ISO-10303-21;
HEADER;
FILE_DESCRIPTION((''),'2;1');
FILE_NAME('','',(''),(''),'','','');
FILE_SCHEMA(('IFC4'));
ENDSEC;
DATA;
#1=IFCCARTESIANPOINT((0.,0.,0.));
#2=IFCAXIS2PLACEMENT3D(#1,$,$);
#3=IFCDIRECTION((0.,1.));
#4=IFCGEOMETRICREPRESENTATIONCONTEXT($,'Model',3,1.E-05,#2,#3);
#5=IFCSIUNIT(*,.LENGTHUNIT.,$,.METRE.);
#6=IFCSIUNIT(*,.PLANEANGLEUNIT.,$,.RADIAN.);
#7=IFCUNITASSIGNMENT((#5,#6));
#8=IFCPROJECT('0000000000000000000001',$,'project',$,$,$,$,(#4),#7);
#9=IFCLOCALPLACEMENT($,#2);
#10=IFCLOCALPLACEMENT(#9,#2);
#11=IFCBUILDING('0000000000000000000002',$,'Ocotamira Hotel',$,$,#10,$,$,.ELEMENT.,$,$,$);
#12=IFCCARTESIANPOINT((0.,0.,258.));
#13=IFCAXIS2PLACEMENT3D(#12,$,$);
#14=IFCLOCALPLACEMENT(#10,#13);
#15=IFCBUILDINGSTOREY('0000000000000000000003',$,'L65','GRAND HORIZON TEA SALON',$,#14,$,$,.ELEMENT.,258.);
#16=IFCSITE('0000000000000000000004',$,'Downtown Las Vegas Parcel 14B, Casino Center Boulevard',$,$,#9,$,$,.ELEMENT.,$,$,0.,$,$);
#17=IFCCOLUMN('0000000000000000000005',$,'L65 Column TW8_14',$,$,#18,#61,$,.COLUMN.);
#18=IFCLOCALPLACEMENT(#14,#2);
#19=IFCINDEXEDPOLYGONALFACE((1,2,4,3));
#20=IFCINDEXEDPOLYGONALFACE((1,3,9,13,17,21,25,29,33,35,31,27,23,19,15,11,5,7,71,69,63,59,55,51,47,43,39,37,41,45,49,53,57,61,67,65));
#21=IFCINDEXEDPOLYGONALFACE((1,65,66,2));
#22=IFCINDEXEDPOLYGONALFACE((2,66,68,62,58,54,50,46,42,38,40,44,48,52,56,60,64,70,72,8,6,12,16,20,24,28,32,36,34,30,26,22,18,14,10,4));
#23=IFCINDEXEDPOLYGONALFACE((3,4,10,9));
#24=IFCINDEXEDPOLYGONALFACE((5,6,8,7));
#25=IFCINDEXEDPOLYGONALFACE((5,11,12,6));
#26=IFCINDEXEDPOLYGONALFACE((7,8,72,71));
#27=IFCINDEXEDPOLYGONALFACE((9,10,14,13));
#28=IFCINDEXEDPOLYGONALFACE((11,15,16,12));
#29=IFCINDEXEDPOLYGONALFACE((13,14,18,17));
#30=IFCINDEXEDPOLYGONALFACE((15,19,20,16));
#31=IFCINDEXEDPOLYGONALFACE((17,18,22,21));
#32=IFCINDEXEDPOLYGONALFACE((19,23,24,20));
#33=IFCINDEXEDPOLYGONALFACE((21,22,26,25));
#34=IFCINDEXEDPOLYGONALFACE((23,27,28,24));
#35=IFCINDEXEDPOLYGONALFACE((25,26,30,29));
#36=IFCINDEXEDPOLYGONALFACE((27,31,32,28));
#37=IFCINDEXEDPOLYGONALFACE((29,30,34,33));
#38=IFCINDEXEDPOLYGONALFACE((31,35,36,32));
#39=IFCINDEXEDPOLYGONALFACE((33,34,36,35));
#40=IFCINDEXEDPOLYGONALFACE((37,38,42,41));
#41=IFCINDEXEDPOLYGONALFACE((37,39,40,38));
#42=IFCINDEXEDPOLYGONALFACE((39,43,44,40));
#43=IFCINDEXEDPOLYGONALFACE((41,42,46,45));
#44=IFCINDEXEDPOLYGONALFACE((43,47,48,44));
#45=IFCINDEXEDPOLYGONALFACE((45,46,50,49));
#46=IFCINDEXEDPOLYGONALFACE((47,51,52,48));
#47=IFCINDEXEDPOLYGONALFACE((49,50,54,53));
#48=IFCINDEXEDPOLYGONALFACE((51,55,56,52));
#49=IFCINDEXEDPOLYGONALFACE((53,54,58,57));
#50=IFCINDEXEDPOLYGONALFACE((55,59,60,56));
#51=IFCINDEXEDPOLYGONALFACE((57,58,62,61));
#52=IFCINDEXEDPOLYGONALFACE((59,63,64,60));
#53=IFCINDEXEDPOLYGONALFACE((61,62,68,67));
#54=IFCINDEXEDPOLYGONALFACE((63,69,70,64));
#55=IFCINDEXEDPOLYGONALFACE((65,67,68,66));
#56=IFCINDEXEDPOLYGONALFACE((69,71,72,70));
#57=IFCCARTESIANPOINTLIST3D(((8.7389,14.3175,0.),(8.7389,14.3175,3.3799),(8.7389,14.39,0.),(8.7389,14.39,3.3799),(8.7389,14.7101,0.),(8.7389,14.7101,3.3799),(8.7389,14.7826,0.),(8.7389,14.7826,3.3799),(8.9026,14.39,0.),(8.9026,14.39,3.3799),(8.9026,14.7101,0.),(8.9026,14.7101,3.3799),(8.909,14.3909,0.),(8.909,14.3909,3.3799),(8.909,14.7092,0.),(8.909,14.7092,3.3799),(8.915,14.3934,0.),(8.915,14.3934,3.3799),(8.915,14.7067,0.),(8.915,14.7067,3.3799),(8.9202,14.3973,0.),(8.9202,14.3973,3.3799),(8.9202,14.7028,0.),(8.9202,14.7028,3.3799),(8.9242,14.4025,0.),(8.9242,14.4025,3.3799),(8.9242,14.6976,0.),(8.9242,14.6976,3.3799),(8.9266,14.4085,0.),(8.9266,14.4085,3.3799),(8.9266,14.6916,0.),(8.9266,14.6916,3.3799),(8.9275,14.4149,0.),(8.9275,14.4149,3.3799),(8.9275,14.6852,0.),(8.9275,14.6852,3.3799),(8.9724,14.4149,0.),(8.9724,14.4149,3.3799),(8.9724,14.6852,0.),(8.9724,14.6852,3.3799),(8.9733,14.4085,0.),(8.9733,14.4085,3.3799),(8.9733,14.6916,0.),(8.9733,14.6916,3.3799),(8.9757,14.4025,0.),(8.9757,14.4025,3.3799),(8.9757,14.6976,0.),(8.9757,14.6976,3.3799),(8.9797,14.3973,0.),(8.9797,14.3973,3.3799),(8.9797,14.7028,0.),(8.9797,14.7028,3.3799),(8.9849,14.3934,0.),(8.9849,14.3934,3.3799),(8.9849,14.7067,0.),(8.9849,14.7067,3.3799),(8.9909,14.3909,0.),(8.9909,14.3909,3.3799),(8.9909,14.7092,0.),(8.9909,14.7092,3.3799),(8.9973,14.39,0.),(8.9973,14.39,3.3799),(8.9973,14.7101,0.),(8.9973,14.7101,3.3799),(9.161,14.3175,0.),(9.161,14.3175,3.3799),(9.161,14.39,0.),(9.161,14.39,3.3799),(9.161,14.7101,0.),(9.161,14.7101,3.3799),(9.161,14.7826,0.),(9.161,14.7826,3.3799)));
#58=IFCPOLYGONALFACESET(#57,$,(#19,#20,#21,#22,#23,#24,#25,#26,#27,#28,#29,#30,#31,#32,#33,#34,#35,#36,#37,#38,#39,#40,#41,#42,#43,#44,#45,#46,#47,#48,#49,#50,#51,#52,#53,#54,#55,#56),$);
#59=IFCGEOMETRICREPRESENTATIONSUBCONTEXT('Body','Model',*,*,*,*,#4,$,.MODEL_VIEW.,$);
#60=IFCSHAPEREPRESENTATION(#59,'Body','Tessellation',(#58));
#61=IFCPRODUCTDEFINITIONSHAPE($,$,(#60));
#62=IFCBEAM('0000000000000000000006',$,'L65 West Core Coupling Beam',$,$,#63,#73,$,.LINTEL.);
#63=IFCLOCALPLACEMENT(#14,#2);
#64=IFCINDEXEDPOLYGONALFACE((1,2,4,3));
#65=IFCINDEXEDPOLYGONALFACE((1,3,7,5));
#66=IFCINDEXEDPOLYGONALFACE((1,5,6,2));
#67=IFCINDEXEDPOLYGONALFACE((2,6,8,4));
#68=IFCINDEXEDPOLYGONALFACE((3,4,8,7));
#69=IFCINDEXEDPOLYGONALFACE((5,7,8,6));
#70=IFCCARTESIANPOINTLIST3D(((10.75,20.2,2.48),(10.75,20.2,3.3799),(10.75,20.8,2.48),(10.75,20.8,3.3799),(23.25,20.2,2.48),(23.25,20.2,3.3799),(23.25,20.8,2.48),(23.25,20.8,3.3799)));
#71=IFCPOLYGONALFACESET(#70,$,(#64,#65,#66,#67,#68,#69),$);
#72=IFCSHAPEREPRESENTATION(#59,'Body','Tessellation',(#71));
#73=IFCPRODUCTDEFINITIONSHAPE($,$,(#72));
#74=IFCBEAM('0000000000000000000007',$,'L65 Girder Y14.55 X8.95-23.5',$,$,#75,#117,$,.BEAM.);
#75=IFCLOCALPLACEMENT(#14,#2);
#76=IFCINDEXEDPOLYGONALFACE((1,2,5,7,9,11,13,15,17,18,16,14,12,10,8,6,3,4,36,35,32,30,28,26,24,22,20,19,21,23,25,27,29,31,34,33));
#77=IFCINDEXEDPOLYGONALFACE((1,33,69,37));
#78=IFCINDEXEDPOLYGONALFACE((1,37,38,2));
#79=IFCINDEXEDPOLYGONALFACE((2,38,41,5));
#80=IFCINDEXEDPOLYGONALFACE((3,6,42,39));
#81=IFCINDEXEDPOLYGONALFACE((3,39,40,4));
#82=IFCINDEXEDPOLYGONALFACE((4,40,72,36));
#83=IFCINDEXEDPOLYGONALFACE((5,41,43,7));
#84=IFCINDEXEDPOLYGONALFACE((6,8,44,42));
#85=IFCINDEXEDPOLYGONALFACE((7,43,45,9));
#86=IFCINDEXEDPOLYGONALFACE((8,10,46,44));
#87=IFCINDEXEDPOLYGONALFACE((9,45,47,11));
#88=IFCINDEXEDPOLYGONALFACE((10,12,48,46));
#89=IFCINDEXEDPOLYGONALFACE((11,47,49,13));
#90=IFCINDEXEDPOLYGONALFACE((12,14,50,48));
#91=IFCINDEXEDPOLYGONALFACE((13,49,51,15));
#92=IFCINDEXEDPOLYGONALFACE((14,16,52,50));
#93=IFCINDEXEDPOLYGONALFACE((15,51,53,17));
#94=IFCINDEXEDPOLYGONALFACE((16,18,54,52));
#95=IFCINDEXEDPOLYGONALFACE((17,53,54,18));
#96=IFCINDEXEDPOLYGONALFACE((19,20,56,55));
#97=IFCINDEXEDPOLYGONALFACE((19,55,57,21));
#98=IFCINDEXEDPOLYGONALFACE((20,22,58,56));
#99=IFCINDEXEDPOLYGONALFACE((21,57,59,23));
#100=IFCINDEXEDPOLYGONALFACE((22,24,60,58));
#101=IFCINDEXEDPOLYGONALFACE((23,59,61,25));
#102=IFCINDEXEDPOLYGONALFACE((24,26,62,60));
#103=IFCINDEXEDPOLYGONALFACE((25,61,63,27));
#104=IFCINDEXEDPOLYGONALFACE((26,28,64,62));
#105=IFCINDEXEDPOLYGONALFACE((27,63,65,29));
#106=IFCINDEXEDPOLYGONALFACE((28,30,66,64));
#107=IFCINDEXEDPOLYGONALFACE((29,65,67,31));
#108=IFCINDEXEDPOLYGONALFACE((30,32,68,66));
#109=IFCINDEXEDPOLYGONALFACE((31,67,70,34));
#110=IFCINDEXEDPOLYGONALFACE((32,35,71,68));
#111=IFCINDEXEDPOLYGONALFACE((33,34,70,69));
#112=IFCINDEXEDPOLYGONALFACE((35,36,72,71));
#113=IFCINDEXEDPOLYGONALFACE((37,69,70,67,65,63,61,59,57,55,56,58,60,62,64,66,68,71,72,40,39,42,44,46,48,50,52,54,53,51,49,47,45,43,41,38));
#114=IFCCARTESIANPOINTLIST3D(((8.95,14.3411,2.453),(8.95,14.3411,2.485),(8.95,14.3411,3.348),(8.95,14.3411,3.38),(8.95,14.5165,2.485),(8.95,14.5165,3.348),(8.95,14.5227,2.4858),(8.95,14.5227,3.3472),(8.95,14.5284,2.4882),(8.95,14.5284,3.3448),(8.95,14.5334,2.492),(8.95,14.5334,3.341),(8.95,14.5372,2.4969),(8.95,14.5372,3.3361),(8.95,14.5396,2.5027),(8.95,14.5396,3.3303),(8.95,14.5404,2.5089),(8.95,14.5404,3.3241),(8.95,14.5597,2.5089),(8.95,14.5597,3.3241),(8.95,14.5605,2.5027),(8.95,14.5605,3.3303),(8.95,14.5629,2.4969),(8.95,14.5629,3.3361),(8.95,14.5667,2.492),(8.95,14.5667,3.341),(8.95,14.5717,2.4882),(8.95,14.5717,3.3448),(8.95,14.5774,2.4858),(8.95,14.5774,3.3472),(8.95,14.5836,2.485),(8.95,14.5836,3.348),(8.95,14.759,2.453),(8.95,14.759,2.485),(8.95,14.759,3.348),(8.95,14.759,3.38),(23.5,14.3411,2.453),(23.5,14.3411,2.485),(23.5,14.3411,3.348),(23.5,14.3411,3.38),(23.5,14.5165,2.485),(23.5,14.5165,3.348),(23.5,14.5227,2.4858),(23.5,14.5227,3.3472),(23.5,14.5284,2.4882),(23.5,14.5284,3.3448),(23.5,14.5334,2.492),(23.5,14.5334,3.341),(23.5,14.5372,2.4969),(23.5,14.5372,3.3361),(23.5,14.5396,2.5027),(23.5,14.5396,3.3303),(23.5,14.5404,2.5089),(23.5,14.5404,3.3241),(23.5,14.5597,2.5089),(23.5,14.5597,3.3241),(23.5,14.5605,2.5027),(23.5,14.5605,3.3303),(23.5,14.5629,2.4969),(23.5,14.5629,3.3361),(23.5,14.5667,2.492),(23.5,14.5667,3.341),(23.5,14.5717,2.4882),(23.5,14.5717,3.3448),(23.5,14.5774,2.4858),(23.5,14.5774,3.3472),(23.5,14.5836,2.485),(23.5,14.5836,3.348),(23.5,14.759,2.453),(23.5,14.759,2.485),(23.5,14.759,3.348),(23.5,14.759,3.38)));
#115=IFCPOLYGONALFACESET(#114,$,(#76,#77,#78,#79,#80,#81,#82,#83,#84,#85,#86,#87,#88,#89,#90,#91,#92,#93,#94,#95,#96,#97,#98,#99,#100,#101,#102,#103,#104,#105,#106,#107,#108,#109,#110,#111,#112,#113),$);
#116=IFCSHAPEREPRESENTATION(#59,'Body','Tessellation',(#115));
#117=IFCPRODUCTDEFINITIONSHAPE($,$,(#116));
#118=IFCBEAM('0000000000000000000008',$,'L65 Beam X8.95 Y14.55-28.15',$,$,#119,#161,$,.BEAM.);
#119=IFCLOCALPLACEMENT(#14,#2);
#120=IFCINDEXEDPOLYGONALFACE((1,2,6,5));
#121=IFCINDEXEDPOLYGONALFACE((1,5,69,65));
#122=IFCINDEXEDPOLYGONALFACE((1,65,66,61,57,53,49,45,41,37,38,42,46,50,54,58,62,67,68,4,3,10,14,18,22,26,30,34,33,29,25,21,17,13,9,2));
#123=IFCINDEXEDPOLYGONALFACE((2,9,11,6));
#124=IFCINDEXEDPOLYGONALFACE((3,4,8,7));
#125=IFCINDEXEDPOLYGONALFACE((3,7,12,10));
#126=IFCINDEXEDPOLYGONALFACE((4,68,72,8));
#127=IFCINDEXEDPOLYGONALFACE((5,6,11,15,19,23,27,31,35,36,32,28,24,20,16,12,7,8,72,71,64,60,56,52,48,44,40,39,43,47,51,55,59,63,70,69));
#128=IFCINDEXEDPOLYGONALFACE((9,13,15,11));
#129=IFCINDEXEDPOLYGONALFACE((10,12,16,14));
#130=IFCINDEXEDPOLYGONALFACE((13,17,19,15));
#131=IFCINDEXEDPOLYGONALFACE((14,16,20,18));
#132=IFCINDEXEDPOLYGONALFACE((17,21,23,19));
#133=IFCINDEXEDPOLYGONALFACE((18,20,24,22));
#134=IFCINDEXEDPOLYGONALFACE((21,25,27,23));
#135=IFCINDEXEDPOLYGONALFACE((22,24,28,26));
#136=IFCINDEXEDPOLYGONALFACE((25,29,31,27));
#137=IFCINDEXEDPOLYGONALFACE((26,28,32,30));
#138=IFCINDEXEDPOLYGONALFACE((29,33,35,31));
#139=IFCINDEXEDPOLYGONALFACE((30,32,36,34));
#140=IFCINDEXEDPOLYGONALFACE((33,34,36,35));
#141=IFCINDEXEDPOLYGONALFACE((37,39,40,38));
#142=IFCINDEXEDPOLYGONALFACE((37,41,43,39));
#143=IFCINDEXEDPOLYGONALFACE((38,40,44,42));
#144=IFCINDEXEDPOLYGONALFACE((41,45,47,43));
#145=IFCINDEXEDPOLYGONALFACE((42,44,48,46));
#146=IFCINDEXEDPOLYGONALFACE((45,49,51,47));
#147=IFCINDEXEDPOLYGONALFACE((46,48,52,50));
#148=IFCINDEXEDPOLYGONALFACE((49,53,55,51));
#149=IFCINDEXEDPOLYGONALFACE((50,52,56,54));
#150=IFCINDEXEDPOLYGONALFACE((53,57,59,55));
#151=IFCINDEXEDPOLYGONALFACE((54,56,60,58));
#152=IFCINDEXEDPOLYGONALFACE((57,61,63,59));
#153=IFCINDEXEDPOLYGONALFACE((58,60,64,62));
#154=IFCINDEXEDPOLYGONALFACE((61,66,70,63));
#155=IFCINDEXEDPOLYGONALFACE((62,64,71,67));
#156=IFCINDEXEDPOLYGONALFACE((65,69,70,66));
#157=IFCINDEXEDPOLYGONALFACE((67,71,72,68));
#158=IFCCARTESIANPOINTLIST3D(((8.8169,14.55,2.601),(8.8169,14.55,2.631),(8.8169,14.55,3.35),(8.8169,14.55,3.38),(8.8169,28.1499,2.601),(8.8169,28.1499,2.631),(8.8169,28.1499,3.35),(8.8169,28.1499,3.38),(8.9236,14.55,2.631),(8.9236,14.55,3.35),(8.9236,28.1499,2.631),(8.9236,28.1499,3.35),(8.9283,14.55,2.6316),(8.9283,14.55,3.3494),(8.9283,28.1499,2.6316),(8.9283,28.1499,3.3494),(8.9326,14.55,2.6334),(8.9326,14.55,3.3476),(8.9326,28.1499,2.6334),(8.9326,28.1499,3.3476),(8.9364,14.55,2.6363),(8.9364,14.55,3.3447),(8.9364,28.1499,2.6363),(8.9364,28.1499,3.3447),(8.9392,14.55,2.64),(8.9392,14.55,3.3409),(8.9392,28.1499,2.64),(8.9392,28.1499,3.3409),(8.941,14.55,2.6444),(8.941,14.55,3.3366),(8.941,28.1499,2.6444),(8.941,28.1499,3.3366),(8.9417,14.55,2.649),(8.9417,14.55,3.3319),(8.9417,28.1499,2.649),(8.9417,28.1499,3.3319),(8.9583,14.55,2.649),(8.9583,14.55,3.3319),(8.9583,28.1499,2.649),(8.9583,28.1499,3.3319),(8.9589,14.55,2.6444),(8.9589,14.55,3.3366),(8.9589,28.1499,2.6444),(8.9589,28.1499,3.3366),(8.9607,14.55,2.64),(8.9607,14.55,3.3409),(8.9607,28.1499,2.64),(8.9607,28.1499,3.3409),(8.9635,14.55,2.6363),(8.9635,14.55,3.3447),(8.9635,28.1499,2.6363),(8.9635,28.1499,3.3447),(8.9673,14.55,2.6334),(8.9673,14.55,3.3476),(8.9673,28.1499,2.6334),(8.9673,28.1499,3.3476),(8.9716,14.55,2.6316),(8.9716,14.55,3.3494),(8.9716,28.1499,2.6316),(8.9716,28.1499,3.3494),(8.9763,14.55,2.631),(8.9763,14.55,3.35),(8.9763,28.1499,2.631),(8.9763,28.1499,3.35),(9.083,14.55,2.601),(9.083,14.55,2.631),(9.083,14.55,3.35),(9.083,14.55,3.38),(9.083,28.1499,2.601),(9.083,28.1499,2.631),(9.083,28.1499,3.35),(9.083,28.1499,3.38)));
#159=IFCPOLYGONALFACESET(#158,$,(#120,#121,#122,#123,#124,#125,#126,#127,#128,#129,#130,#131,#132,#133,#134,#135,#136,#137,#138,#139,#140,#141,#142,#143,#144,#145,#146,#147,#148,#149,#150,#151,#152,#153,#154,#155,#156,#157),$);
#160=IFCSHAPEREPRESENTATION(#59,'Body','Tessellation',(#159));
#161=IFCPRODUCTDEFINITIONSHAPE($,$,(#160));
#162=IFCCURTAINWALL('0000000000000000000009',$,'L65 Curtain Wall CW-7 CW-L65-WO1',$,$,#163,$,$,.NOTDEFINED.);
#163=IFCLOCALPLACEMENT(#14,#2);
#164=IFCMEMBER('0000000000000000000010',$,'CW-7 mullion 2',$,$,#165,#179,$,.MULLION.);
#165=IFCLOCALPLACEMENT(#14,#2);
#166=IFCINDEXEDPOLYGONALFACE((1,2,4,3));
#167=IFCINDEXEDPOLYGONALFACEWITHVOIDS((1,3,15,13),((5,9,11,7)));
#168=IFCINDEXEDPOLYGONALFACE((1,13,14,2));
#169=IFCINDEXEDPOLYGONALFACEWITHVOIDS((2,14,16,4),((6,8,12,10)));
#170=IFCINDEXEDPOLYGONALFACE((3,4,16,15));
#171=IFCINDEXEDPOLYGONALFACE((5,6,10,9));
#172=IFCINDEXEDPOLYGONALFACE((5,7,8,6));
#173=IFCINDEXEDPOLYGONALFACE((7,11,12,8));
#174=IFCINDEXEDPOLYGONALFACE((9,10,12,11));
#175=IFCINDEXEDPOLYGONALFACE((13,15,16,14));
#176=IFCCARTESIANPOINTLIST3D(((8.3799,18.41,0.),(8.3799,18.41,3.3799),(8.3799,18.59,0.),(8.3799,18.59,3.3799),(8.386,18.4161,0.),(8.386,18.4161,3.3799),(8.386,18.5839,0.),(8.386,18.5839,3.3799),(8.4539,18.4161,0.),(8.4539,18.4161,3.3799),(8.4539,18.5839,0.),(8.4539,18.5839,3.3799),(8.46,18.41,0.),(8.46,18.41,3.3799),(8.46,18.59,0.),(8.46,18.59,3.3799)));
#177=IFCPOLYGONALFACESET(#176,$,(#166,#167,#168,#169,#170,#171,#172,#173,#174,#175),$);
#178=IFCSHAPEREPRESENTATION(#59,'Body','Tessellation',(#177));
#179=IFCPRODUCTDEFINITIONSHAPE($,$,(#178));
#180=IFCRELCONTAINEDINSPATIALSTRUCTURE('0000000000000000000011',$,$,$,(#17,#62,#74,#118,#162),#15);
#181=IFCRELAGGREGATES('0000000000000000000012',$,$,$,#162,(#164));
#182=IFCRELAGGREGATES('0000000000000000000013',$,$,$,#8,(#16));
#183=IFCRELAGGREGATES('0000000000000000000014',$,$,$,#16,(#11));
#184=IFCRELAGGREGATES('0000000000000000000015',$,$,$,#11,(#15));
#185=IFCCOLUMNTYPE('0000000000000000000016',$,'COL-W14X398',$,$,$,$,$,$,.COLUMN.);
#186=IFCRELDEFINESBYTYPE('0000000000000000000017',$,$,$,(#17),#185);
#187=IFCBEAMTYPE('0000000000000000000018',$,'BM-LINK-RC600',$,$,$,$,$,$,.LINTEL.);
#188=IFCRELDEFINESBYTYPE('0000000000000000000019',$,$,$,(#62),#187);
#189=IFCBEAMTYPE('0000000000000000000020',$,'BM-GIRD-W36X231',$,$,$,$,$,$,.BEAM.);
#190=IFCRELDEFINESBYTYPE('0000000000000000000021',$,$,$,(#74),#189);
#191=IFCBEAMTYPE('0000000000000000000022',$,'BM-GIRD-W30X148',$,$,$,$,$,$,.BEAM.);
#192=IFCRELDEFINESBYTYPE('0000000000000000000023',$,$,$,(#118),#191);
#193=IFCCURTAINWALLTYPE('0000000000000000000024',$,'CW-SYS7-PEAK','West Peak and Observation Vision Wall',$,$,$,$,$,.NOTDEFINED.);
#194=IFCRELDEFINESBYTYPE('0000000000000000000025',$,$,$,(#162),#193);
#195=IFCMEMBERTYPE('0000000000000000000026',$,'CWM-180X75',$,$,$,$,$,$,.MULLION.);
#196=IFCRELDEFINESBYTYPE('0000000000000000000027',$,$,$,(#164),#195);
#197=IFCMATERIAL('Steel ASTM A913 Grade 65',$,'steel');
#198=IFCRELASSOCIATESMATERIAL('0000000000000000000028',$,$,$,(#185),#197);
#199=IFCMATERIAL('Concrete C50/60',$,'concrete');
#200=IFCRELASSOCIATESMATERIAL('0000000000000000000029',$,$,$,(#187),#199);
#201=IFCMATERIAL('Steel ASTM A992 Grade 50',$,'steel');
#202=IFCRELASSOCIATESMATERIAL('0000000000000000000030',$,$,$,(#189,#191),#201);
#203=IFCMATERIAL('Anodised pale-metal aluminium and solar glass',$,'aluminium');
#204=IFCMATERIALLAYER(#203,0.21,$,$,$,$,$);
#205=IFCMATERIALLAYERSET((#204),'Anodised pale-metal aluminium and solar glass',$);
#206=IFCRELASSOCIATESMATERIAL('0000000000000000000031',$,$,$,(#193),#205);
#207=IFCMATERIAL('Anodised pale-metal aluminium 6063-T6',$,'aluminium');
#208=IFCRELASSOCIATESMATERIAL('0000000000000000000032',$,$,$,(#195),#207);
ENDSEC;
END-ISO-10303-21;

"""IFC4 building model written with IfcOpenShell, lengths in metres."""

from ifc_helpers import new_model, si_unit, direction, frame, origin, origin_2d, place, context, subcontext, project, spatial, rectangle, hollow_rectangle, i_section, extrude, source, transform, mapped, material, layer, layer_set, material_profile, profile_set, type_object, element, aggregate, save


model = new_model("IFC4")

# Units and contexts
model_context = context("Model", 3, precision=1e-05, world=origin(), true_north=direction((0.0, 1.0)))
body_context = subcontext(model_context, "Body", "Model", "MODEL_VIEW")
ifc_project = project(units=[si_unit("LENGTHUNIT", "METRE"), si_unit("PLANEANGLEUNIT", "RADIAN")], contexts=[model_context])

# Site, building, storey
site_placement = place(None, origin())
site = spatial("IfcSite", under=ifc_project, at=site_placement, Name="Downtown Las Vegas Parcel 14B, Casino Center Boulevard", CompositionType="ELEMENT", RefElevation=0.0)
building_placement = place(site_placement, origin())
building = spatial("IfcBuilding", under=site, at=building_placement, Name="Ocotamira Hotel", CompositionType="ELEMENT")
storey_placement = place(building_placement, frame((0.0, 0.0, 258.0)))
storey = spatial("IfcBuildingStorey", under=building, at=storey_placement, Name="L65", Description="GRAND HORIZON TEA SALON", CompositionType="ELEMENT", Elevation=258.0)

# Column
ifc_material_1 = material(Name="Steel ASTM A913 Grade 65", Category="steel")
ifc_material_profile_1 = material_profile(ifc_material_1, i_section(OverallWidth=0.4221, OverallDepth=0.4651, WebThickness=0.0449, FlangeThickness=0.0725, FilletRadius=0.0249, at=origin_2d()), Name="W14X398")
ifc_profile_set_1 = profile_set([ifc_material_profile_1], Name="Steel ASTM A913 Grade 65")
column_type = type_object("IfcColumnType", Name="COL-W14X398", PredefinedType="COLUMN", material=ifc_profile_set_1)
shared_shape_1 = source(origin(), body_context, "Body", "SweptSolid", [
    extrude(i_section(OverallWidth=0.4221, OverallDepth=0.4651, WebThickness=0.0449, FlangeThickness=0.0725, FilletRadius=0.0249, at=origin_2d()), origin(), (0.0, 0.0, 1.0), 3.3799),
])
column_placement = place(storey_placement, frame((8.95, 14.55, 0.0), z_axis=(0.0, 0.0, 1.0), x_axis=(1.0, 0.0, 0.0)))
element("IfcColumn", 1, at=column_placement, inside=storey, type_object=column_type, Name="L65 Column TW8_14", PredefinedType="COLUMN", context=body_context, shape_type="MappedRepresentation", body=[
    mapped(shared_shape_1, transform((0.0, 0.0, 0.0), scale=1.0)),
])

# Beams
ifc_material_2 = material(Name="Concrete C50/60", Category="concrete")
ifc_material_profile_2 = material_profile(ifc_material_2, rectangle(XDim=0.6001, YDim=0.8999, at=origin_2d()), Name="RC600X900")
ifc_profile_set_2 = profile_set([ifc_material_profile_2], Name="Concrete C50/60")
beam_type_1 = type_object("IfcBeamType", Name="BM-LINK-RC600", PredefinedType="LINTEL", material=ifc_profile_set_2)
shared_shape_2 = source(origin(), body_context, "Body", "SweptSolid", [
    extrude(rectangle(XDim=0.6001, YDim=0.8999, at=origin_2d()), origin(), (0.0, 0.0, 1.0), 12.5),
])
beam_1_placement = place(storey_placement, frame((10.75, 20.5, 2.9299), z_axis=(1.0, 0.0, 0.0), x_axis=(0.0, 1.0, 0.0)))
element("IfcBeam", 2, at=beam_1_placement, inside=storey, type_object=beam_type_1, Name="L65 West Core Coupling Beam", PredefinedType="LINTEL", context=body_context, shape_type="MappedRepresentation", body=[
    mapped(shared_shape_2, transform((0.0, 0.0, 0.0), scale=1.0)),
])
ifc_material_3 = material(Name="Steel ASTM A992 Grade 50", Category="steel")
ifc_material_profile_3 = material_profile(ifc_material_3, i_section(OverallWidth=0.418, OverallDepth=0.927, WebThickness=0.0193, FlangeThickness=0.032, FilletRadius=0.0239, at=origin_2d()), Name="W36X231")
ifc_profile_set_3 = profile_set([ifc_material_profile_3], Name="Steel ASTM A992 Grade 50")
beam_type_2 = type_object("IfcBeamType", Name="BM-GIRD-W36X231", PredefinedType="BEAM", material=ifc_profile_set_3)
shared_shape_3 = source(origin(), body_context, "Body", "SweptSolid", [
    extrude(i_section(OverallWidth=0.418, OverallDepth=0.927, WebThickness=0.0193, FlangeThickness=0.032, FilletRadius=0.0239, at=origin_2d()), origin(), (0.0, 0.0, 1.0), 14.55),
])
beam_2_placement = place(storey_placement, frame((8.95, 14.55, 2.9165), z_axis=(1.0, 0.0, 0.0), x_axis=(0.0, 1.0, 0.0)))
element("IfcBeam", 3, at=beam_2_placement, inside=storey, type_object=beam_type_2, Name="L65 Girder Y14.55 X8.95-23.5", PredefinedType="BEAM", context=body_context, shape_type="MappedRepresentation", body=[
    mapped(shared_shape_3, transform((0.0, 0.0, 0.0), scale=1.0)),
])
ifc_material_profile_4 = material_profile(ifc_material_3, i_section(OverallWidth=0.2661, OverallDepth=0.7791, WebThickness=0.0166, FlangeThickness=0.03, FilletRadius=0.0181, at=origin_2d()), Name="W30X148")
ifc_profile_set_4 = profile_set([ifc_material_profile_4], Name="Steel ASTM A992 Grade 50")
beam_type_3 = type_object("IfcBeamType", Name="BM-GIRD-W30X148", PredefinedType="BEAM", material=ifc_profile_set_4)
shared_shape_4 = source(origin(), body_context, "Body", "SweptSolid", [
    extrude(i_section(OverallWidth=0.2661, OverallDepth=0.7791, WebThickness=0.0166, FlangeThickness=0.03, FilletRadius=0.0181, at=origin_2d()), origin(), (0.0, 0.0, 1.0), 13.5999),
])
beam_3_placement = place(storey_placement, frame((8.95, 14.55, 2.9905), z_axis=(0.0, 1.0, 0.0), x_axis=(-1.0, 0.0, 0.0)))
element("IfcBeam", 4, at=beam_3_placement, inside=storey, type_object=beam_type_3, Name="L65 Beam X8.95 Y14.55-28.15", PredefinedType="BEAM", context=body_context, shape_type="MappedRepresentation", body=[
    mapped(shared_shape_4, transform((0.0, 0.0, 0.0), scale=1.0)),
])

# Curtain wall, member
ifc_material_4 = material(Name="Anodised pale-metal aluminium and solar glass", Category="aluminium")
ifc_layer_1 = layer(ifc_material_4, 0.21)
ifc_layer_set_1 = layer_set([ifc_layer_1], Name="Anodised pale-metal aluminium and solar glass")
curtain_wall_type = type_object("IfcCurtainWallType", Name="CW-SYS7-PEAK", Description="West Peak and Observation Vision Wall", PredefinedType="NOTDEFINED", material=ifc_layer_set_1)
curtain_wall_placement = place(storey_placement, origin())
curtain_wall = element("IfcCurtainWall", 5, at=curtain_wall_placement, inside=storey, type_object=curtain_wall_type, Name="L65 Curtain Wall CW-7 CW-L65-WO1", PredefinedType="NOTDEFINED")
ifc_material_5 = material(Name="Anodised pale-metal aluminium 6063-T6", Category="aluminium")
ifc_material_profile_5 = material_profile(ifc_material_5, hollow_rectangle(XDim=0.0801, YDim=0.1799, WallThickness=0.0061, at=origin_2d()), Name="HSS180X80X6")
ifc_profile_set_5 = profile_set([ifc_material_profile_5], Name="Anodised pale-metal aluminium 6063-T6")
member_type_1 = type_object("IfcMemberType", Name="CWM-180X75", PredefinedType="MULLION", material=ifc_profile_set_5)
shared_shape_5 = source(origin(), body_context, "Body", "SweptSolid", [
    extrude(hollow_rectangle(XDim=0.0801, YDim=0.1799, WallThickness=0.0061, at=origin_2d()), origin(), (0.0, 0.0, 1.0), 3.3799),
])
member_1_placement = place(storey_placement, frame((8.4199, 18.5, 0.0), z_axis=(0.0, 0.0, 1.0), x_axis=(-1.0, 0.0, 0.0)))
member_1 = element("IfcMember", 6, at=member_1_placement, type_object=member_type_1, Name="CW-7 mullion 2", PredefinedType="MULLION", context=body_context, shape_type="MappedRepresentation", body=[
    mapped(shared_shape_5, transform((0.0, 0.0, 0.0), scale=1.0)),
])
aggregate(curtain_wall, [member_1])

save(model, "model.ifc")
